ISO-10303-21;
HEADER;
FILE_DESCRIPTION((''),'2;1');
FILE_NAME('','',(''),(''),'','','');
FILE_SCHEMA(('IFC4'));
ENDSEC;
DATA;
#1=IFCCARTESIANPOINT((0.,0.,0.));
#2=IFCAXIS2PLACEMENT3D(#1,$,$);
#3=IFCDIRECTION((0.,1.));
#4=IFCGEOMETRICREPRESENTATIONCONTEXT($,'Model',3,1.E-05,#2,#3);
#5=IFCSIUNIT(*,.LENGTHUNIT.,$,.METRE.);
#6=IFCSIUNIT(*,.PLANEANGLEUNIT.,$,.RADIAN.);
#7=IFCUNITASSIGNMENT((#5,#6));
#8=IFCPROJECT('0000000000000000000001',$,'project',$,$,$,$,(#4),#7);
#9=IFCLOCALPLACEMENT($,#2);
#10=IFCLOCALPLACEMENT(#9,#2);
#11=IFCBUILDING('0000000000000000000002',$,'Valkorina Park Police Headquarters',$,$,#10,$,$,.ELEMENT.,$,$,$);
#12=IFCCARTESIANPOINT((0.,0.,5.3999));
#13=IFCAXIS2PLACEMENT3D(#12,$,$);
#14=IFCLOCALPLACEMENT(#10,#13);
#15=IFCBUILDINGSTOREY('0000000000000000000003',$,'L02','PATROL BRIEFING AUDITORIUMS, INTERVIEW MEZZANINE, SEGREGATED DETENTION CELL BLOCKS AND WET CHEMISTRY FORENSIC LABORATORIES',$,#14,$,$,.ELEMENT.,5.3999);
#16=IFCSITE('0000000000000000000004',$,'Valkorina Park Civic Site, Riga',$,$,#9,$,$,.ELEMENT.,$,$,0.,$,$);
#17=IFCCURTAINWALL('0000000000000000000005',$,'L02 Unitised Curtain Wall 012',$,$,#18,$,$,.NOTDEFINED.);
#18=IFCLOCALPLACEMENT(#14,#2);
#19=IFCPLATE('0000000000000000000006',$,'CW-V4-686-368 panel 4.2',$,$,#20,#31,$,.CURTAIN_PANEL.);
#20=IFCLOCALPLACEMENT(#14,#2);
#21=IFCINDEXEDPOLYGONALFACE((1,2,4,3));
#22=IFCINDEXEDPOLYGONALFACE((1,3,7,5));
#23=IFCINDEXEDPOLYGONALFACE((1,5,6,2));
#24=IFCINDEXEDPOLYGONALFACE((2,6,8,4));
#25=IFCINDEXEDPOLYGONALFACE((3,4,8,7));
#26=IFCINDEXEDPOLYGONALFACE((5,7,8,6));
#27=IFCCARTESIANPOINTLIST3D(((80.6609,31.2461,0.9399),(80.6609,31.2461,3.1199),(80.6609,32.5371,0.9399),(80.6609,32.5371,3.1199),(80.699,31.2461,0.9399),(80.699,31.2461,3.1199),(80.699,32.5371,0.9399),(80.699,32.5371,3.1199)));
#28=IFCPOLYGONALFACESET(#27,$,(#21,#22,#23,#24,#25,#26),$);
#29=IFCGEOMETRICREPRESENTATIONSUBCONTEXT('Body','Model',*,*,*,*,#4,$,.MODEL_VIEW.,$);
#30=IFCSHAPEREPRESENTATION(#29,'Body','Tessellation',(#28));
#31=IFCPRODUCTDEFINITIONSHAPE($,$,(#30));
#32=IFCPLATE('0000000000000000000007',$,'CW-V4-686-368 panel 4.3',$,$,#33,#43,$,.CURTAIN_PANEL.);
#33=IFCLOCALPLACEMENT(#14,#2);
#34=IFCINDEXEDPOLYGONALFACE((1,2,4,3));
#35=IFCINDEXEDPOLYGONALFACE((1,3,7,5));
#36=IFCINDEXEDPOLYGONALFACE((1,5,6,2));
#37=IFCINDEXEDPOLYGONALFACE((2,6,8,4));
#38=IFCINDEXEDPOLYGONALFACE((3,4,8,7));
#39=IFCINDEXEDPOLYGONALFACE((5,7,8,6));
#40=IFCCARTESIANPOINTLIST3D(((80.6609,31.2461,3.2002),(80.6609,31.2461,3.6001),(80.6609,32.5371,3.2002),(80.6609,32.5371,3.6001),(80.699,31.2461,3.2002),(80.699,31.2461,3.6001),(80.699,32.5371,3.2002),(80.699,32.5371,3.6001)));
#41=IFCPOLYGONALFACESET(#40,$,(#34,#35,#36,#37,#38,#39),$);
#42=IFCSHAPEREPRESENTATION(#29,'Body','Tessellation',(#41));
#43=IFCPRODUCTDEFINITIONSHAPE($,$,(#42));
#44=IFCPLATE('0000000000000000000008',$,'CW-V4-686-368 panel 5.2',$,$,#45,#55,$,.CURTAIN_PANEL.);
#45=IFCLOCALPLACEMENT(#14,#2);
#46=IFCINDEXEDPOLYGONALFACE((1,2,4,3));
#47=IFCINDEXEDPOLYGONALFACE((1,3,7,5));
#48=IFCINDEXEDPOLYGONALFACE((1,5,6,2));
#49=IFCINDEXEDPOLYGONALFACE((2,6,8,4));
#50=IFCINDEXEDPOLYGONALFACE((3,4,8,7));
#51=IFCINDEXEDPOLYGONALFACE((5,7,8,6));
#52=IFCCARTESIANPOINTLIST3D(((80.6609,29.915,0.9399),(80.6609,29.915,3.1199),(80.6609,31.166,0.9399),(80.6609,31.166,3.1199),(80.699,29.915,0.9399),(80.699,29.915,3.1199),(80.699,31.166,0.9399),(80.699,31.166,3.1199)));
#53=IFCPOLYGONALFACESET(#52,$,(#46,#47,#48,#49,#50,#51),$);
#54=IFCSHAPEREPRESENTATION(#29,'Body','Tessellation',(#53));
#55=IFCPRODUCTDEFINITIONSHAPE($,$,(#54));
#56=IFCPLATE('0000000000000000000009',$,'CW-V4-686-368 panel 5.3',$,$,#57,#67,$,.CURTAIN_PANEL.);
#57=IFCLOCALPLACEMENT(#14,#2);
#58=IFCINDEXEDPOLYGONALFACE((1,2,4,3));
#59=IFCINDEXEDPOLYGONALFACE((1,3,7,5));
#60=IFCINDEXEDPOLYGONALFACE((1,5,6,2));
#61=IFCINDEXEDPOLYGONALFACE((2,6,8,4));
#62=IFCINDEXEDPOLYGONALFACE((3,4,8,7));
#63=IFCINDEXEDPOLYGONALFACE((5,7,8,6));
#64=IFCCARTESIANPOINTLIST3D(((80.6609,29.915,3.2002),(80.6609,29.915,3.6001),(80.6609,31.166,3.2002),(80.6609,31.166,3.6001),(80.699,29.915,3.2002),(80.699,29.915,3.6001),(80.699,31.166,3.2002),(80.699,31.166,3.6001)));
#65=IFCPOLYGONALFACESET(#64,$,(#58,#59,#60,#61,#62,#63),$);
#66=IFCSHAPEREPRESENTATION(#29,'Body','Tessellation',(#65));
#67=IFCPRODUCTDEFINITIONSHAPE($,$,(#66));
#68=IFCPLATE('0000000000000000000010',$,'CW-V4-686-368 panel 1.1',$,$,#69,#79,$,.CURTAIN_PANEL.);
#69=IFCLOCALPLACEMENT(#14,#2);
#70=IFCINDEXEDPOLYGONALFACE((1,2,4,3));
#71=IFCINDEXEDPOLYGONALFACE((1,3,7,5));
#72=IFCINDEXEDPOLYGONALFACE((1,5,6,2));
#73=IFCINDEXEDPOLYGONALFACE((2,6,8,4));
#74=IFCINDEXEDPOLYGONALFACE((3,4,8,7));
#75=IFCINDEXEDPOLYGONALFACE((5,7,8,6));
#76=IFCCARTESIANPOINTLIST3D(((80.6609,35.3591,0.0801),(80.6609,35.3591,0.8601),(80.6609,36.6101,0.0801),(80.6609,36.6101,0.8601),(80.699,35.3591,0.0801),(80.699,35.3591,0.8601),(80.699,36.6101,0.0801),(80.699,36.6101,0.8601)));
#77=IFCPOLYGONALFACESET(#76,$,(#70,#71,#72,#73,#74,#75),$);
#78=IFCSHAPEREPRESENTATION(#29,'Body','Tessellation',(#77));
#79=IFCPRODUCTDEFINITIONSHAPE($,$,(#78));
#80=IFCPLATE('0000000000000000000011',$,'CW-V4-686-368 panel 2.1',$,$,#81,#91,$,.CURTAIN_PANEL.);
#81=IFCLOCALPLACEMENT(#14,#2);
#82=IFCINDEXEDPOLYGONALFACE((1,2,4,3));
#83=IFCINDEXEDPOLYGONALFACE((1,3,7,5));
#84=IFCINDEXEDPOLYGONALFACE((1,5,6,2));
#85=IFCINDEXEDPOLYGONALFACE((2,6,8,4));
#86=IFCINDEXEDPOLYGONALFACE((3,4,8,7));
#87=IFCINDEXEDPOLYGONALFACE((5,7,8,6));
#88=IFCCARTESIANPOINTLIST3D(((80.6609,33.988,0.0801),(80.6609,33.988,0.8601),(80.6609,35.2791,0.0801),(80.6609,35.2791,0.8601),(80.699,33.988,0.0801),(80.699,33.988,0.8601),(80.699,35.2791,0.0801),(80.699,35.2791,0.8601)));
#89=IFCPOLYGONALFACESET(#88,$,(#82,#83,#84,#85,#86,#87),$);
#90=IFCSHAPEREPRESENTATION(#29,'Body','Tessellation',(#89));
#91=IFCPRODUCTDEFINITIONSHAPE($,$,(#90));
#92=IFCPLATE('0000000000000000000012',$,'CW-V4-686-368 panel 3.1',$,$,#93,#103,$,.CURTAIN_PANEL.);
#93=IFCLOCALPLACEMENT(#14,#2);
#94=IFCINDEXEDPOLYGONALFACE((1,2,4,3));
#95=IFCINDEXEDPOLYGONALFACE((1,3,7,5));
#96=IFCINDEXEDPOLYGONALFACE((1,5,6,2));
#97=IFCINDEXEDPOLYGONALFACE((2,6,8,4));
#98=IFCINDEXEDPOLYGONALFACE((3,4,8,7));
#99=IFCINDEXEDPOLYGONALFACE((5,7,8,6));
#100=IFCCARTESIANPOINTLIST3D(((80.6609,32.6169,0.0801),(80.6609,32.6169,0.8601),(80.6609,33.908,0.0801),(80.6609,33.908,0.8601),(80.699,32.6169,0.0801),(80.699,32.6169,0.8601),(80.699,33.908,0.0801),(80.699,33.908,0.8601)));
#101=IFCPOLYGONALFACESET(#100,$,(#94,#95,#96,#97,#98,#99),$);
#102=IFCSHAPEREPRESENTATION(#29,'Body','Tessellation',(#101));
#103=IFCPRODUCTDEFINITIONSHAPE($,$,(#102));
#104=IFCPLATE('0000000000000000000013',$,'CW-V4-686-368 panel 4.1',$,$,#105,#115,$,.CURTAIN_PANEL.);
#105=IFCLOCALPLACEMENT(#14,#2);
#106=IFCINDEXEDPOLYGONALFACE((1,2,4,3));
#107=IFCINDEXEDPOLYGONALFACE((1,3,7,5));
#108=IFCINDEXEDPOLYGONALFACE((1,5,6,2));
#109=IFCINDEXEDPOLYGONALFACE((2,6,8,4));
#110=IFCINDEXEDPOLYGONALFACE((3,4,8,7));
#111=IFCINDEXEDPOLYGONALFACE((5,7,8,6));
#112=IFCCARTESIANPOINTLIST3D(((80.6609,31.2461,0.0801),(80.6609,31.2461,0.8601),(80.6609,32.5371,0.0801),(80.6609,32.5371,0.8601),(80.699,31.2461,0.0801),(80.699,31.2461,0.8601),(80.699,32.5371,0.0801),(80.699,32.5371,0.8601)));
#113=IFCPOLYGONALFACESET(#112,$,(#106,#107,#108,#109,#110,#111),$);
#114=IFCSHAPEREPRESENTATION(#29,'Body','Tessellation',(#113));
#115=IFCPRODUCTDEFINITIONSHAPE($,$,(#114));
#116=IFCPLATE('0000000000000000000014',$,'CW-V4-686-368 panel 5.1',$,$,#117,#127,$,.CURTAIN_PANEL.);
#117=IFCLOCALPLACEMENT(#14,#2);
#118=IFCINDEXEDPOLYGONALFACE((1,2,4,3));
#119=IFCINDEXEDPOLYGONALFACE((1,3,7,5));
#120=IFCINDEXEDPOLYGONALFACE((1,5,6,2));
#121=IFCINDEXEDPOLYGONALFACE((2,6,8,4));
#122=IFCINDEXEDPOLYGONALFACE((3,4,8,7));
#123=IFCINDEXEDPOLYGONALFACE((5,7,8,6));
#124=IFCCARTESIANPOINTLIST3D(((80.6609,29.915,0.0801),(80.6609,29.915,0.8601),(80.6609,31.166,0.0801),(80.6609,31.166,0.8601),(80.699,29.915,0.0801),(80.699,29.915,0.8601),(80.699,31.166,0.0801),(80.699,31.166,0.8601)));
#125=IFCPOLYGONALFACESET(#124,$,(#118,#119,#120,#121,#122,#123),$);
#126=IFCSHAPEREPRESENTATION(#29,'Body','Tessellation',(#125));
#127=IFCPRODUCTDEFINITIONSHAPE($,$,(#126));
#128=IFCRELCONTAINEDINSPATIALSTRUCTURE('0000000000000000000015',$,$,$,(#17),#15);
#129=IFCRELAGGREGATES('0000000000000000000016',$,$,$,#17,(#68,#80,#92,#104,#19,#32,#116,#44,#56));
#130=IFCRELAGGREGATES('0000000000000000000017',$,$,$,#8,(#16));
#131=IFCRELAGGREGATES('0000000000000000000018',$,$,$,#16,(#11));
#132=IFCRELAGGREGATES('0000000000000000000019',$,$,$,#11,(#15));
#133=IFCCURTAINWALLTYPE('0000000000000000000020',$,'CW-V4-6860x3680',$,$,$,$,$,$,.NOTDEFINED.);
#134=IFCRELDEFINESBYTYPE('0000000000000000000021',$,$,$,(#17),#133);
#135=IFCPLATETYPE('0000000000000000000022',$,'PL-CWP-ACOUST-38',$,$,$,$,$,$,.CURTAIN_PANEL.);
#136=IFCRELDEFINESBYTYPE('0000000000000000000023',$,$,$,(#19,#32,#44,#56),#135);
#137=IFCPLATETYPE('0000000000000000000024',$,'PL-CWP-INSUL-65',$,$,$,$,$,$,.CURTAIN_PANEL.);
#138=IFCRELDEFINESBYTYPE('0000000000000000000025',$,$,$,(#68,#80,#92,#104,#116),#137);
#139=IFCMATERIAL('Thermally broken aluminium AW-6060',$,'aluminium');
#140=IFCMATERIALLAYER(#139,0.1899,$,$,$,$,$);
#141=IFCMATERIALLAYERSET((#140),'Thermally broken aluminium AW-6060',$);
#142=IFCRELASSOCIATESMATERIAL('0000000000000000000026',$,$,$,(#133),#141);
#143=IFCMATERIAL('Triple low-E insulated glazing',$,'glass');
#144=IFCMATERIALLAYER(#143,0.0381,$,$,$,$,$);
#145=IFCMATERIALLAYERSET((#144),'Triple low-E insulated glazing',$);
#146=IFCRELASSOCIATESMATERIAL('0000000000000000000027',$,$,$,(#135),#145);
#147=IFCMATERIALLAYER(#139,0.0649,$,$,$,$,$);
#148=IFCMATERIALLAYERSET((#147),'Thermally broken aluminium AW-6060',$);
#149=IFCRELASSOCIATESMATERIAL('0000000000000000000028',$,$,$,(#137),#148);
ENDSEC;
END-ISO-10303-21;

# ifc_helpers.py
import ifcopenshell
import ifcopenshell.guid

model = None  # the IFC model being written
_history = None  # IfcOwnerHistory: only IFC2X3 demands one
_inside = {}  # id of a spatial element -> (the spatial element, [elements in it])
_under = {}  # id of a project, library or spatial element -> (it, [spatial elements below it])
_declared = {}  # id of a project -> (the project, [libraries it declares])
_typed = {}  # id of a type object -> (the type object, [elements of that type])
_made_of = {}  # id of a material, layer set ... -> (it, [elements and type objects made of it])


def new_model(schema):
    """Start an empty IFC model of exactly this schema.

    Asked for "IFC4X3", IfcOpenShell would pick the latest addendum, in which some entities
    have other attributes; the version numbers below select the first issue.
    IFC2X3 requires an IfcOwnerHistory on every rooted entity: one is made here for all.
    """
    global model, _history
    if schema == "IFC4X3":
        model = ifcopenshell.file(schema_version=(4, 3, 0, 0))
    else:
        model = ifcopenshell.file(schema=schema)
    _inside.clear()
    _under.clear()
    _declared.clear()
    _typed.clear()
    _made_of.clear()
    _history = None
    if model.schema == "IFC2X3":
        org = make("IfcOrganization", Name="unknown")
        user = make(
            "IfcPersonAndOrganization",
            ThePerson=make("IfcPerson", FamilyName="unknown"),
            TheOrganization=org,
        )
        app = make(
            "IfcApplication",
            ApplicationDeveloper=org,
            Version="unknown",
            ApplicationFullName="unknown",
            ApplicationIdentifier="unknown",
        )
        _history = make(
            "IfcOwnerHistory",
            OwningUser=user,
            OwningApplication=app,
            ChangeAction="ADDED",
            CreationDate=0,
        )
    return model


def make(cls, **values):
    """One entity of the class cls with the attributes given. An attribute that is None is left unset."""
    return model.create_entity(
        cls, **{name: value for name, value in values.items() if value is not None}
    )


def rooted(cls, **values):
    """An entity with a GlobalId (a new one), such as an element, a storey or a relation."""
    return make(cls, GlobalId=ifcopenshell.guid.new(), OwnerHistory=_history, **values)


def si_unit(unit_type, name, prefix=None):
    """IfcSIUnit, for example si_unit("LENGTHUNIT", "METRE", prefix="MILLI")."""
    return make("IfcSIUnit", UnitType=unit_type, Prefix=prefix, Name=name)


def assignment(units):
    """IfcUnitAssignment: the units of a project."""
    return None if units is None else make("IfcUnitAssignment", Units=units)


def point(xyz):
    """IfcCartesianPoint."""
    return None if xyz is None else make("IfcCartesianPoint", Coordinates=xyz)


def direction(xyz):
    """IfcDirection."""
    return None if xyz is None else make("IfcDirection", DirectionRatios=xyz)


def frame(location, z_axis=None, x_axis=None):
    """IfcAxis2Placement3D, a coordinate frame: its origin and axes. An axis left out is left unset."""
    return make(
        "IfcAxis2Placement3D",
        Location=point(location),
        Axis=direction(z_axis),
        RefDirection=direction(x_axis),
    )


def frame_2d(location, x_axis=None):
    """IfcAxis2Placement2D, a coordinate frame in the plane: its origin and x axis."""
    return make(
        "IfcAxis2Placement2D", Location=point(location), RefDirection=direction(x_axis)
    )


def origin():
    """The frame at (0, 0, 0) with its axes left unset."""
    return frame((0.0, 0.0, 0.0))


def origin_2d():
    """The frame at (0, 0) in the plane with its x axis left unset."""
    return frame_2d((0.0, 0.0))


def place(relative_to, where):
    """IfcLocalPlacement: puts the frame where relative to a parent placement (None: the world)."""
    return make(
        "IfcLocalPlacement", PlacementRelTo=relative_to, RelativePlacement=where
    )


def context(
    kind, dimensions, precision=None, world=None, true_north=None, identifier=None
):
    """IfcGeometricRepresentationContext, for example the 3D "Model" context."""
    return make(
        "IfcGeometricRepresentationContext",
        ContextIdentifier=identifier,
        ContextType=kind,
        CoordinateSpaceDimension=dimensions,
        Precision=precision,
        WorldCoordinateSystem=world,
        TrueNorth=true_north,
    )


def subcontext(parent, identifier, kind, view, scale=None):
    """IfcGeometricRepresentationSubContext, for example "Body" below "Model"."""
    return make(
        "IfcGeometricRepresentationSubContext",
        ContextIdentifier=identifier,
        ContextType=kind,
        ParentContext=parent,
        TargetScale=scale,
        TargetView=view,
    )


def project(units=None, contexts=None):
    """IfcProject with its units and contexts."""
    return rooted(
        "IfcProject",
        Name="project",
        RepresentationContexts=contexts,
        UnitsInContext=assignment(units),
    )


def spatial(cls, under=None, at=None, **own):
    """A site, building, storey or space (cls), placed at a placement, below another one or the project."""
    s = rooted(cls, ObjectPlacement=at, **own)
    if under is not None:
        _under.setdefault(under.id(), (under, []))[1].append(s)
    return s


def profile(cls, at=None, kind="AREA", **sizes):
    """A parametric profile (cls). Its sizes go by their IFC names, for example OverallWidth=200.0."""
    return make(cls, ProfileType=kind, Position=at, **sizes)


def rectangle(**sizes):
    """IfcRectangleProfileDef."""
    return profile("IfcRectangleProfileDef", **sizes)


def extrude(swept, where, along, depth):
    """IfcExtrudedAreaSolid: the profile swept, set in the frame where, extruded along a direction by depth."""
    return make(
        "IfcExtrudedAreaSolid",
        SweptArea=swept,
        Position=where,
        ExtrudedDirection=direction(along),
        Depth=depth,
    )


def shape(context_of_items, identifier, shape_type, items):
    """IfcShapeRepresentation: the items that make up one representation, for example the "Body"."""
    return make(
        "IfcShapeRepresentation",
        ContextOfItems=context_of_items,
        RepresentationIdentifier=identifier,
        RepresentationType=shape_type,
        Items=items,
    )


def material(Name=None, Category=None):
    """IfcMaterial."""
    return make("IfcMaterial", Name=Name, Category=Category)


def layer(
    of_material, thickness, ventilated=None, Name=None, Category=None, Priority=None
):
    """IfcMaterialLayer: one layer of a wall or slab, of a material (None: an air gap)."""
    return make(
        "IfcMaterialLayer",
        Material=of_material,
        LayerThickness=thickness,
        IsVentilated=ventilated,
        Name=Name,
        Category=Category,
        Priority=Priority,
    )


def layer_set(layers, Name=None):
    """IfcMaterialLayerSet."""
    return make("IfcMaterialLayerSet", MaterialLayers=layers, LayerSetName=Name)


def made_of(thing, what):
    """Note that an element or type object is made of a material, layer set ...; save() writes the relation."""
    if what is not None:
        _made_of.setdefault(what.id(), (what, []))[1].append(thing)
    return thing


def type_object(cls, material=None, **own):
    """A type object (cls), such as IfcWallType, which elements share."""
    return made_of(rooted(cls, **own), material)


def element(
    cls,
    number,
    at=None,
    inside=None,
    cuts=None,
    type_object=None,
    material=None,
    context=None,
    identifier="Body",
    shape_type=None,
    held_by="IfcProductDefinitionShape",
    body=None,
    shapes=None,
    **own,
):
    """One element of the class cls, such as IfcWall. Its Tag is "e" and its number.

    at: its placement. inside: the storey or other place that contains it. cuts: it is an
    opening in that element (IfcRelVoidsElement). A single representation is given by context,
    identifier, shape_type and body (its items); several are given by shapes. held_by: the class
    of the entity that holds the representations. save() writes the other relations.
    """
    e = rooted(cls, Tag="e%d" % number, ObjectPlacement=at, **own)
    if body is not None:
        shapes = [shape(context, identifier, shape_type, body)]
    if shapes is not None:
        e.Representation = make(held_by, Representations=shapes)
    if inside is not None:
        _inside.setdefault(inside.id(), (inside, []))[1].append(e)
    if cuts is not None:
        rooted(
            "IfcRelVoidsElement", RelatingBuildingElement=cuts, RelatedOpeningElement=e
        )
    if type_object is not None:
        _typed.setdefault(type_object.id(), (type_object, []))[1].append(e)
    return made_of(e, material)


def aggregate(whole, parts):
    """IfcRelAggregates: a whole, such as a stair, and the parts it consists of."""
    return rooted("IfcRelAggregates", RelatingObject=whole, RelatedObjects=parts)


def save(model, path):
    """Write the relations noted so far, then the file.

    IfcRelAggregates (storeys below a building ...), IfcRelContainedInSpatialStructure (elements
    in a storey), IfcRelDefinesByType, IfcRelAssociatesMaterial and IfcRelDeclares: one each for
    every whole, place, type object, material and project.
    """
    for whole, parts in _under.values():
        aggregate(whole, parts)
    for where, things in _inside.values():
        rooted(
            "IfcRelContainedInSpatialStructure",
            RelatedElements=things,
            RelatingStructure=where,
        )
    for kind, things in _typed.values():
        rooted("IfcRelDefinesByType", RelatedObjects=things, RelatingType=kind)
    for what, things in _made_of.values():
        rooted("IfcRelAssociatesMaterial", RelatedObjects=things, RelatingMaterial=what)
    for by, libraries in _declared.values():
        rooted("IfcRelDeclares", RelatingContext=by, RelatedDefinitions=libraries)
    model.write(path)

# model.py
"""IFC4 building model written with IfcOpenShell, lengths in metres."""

from ifc_helpers import new_model, si_unit, direction, frame, origin, origin_2d, place, context, subcontext, project, spatial, rectangle, extrude, material, layer, layer_set, type_object, element, aggregate, save


model = new_model("IFC4")

# Units and contexts
model_context = context("Model", 3, precision=1e-05, world=origin(), true_north=direction((0.0, 1.0)))
body_context = subcontext(model_context, "Body", "Model", "MODEL_VIEW")
ifc_project = project(units=[si_unit("LENGTHUNIT", "METRE"), si_unit("PLANEANGLEUNIT", "RADIAN")], contexts=[model_context])

# Site, building, storey
site_placement = place(None, origin())
site = spatial("IfcSite", under=ifc_project, at=site_placement, Name="Valkorina Park Civic Site, Riga", CompositionType="ELEMENT", RefElevation=0.0)
building_placement = place(site_placement, origin())
building = spatial("IfcBuilding", under=site, at=building_placement, Name="Valkorina Park Police Headquarters", CompositionType="ELEMENT")
storey_placement = place(building_placement, frame((0.0, 0.0, 5.3999)))
storey = spatial("IfcBuildingStorey", under=building, at=storey_placement, Name="L02", Description="PATROL BRIEFING AUDITORIUMS, INTERVIEW MEZZANINE, SEGREGATED DETENTION CELL BLOCKS AND WET CHEMISTRY FORENSIC LABORATORIES", CompositionType="ELEMENT", Elevation=5.3999)

# Curtain wall
ifc_material_1 = material(Name="Thermally broken aluminium AW-6060", Category="aluminium")
ifc_layer_1 = layer(ifc_material_1, 0.1899)
ifc_layer_set_1 = layer_set([ifc_layer_1], Name="Thermally broken aluminium AW-6060")
curtain_wall_type_1 = type_object("IfcCurtainWallType", Name="CW-V4-6860x3680", PredefinedType="NOTDEFINED", material=ifc_layer_set_1)
curtain_wall_1_placement = place(storey_placement, origin())
curtain_wall_1 = element("IfcCurtainWall", 1, at=curtain_wall_1_placement, inside=storey, type_object=curtain_wall_type_1, Name="L02 Unitised Curtain Wall 012", PredefinedType="NOTDEFINED")

# Plates
ifc_material_2 = material(Name="Triple low-E insulated glazing", Category="glass")
ifc_layer_2 = layer(ifc_material_2, 0.0381)
ifc_layer_set_2 = layer_set([ifc_layer_2], Name="Triple low-E insulated glazing")
plate_type_1 = type_object("IfcPlateType", Name="PL-CWP-ACOUST-38", PredefinedType="CURTAIN_PANEL", material=ifc_layer_set_2)
plate_1_placement = place(storey_placement, frame((80.6799, 31.8916, 0.9399), z_axis=(0.0, 0.0, 1.0), x_axis=(0.0, -1.0, 0.0)))
plate_1 = element("IfcPlate", 2, at=plate_1_placement, type_object=plate_type_1, Name="CW-V4-686-368 panel 4.2", PredefinedType="CURTAIN_PANEL", context=body_context, shape_type="SweptSolid", body=[
    extrude(rectangle(XDim=1.291, YDim=0.0381, at=origin_2d()), origin(), (0.0, 0.0, 1.0), 2.1799),
])
plate_2_placement = place(storey_placement, frame((80.6799, 31.8916, 3.2002), z_axis=(0.0, 0.0, 1.0), x_axis=(0.0, -1.0, 0.0)))
plate_2 = element("IfcPlate", 3, at=plate_2_placement, type_object=plate_type_1, Name="CW-V4-686-368 panel 4.3", PredefinedType="CURTAIN_PANEL", context=body_context, shape_type="SweptSolid", body=[
    extrude(rectangle(XDim=1.291, YDim=0.0381, at=origin_2d()), origin(), (0.0, 0.0, 1.0), 0.3999),
])
plate_3_placement = place(storey_placement, frame((80.6799, 30.5405, 0.9399), z_axis=(0.0, 0.0, 1.0), x_axis=(0.0, -1.0, 0.0)))
plate_3 = element("IfcPlate", 4, at=plate_3_placement, type_object=plate_type_1, Name="CW-V4-686-368 panel 5.2", PredefinedType="CURTAIN_PANEL", context=body_context, shape_type="SweptSolid", body=[
    extrude(rectangle(XDim=1.251, YDim=0.0381, at=origin_2d()), origin(), (0.0, 0.0, 1.0), 2.1799),
])
plate_4_placement = place(storey_placement, frame((80.6799, 30.5405, 3.2002), z_axis=(0.0, 0.0, 1.0), x_axis=(0.0, -1.0, 0.0)))
plate_4 = element("IfcPlate", 5, at=plate_4_placement, type_object=plate_type_1, Name="CW-V4-686-368 panel 5.3", PredefinedType="CURTAIN_PANEL", context=body_context, shape_type="SweptSolid", body=[
    extrude(rectangle(XDim=1.251, YDim=0.0381, at=origin_2d()), origin(), (0.0, 0.0, 1.0), 0.3999),
])
ifc_layer_3 = layer(ifc_material_1, 0.0649)
ifc_layer_set_3 = layer_set([ifc_layer_3], Name="Thermally broken aluminium AW-6060")
plate_type_2 = type_object("IfcPlateType", Name="PL-CWP-INSUL-65", PredefinedType="CURTAIN_PANEL", material=ifc_layer_set_3)
plate_5_placement = place(storey_placement, frame((80.6799, 35.9846, 0.0801), z_axis=(0.0, 0.0, 1.0), x_axis=(0.0, -1.0, 0.0)))
plate_5 = element("IfcPlate", 6, at=plate_5_placement, type_object=plate_type_2, Name="CW-V4-686-368 panel 1.1", PredefinedType="CURTAIN_PANEL", context=body_context, shape_type="SweptSolid", body=[
    extrude(rectangle(XDim=1.251, YDim=0.0381, at=origin_2d()), origin(), (0.0, 0.0, 1.0), 0.78),
])
plate_6_placement = place(storey_placement, frame((80.6799, 34.6335, 0.0801), z_axis=(0.0, 0.0, 1.0), x_axis=(0.0, -1.0, 0.0)))
plate_6 = element("IfcPlate", 7, at=plate_6_placement, type_object=plate_type_2, Name="CW-V4-686-368 panel 2.1", PredefinedType="CURTAIN_PANEL", context=body_context, shape_type="SweptSolid", body=[
    extrude(rectangle(XDim=1.291, YDim=0.0381, at=origin_2d()), origin(), (0.0, 0.0, 1.0), 0.78),
])
plate_7_placement = place(storey_placement, frame((80.6799, 33.2625, 0.0801), z_axis=(0.0, 0.0, 1.0), x_axis=(0.0, -1.0, 0.0)))
plate_7 = element("IfcPlate", 8, at=plate_7_placement, type_object=plate_type_2, Name="CW-V4-686-368 panel 3.1", PredefinedType="CURTAIN_PANEL", context=body_context, shape_type="SweptSolid", body=[
    extrude(rectangle(XDim=1.291, YDim=0.0381, at=origin_2d()), origin(), (0.0, 0.0, 1.0), 0.78),
])
plate_8_placement = place(storey_placement, frame((80.6799, 31.8916, 0.0801), z_axis=(0.0, 0.0, 1.0), x_axis=(0.0, -1.0, 0.0)))
plate_8 = element("IfcPlate", 9, at=plate_8_placement, type_object=plate_type_2, Name="CW-V4-686-368 panel 4.1", PredefinedType="CURTAIN_PANEL", context=body_context, shape_type="SweptSolid", body=[
    extrude(rectangle(XDim=1.291, YDim=0.0381, at=origin_2d()), origin(), (0.0, 0.0, 1.0), 0.78),
])
plate_9_placement = place(storey_placement, frame((80.6799, 30.5405, 0.0801), z_axis=(0.0, 0.0, 1.0), x_axis=(0.0, -1.0, 0.0)))
plate_9 = element("IfcPlate", 10, at=plate_9_placement, type_object=plate_type_2, Name="CW-V4-686-368 panel 5.1", PredefinedType="CURTAIN_PANEL", context=body_context, shape_type="SweptSolid", body=[
    extrude(rectangle(XDim=1.251, YDim=0.0381, at=origin_2d()), origin(), (0.0, 0.0, 1.0), 0.78),
])
aggregate(curtain_wall_1, [plate_5, plate_6, plate_7, plate_8, plate_1, plate_2, plate_9, plate_3, plate_4])

save(model, "model.ifc")
